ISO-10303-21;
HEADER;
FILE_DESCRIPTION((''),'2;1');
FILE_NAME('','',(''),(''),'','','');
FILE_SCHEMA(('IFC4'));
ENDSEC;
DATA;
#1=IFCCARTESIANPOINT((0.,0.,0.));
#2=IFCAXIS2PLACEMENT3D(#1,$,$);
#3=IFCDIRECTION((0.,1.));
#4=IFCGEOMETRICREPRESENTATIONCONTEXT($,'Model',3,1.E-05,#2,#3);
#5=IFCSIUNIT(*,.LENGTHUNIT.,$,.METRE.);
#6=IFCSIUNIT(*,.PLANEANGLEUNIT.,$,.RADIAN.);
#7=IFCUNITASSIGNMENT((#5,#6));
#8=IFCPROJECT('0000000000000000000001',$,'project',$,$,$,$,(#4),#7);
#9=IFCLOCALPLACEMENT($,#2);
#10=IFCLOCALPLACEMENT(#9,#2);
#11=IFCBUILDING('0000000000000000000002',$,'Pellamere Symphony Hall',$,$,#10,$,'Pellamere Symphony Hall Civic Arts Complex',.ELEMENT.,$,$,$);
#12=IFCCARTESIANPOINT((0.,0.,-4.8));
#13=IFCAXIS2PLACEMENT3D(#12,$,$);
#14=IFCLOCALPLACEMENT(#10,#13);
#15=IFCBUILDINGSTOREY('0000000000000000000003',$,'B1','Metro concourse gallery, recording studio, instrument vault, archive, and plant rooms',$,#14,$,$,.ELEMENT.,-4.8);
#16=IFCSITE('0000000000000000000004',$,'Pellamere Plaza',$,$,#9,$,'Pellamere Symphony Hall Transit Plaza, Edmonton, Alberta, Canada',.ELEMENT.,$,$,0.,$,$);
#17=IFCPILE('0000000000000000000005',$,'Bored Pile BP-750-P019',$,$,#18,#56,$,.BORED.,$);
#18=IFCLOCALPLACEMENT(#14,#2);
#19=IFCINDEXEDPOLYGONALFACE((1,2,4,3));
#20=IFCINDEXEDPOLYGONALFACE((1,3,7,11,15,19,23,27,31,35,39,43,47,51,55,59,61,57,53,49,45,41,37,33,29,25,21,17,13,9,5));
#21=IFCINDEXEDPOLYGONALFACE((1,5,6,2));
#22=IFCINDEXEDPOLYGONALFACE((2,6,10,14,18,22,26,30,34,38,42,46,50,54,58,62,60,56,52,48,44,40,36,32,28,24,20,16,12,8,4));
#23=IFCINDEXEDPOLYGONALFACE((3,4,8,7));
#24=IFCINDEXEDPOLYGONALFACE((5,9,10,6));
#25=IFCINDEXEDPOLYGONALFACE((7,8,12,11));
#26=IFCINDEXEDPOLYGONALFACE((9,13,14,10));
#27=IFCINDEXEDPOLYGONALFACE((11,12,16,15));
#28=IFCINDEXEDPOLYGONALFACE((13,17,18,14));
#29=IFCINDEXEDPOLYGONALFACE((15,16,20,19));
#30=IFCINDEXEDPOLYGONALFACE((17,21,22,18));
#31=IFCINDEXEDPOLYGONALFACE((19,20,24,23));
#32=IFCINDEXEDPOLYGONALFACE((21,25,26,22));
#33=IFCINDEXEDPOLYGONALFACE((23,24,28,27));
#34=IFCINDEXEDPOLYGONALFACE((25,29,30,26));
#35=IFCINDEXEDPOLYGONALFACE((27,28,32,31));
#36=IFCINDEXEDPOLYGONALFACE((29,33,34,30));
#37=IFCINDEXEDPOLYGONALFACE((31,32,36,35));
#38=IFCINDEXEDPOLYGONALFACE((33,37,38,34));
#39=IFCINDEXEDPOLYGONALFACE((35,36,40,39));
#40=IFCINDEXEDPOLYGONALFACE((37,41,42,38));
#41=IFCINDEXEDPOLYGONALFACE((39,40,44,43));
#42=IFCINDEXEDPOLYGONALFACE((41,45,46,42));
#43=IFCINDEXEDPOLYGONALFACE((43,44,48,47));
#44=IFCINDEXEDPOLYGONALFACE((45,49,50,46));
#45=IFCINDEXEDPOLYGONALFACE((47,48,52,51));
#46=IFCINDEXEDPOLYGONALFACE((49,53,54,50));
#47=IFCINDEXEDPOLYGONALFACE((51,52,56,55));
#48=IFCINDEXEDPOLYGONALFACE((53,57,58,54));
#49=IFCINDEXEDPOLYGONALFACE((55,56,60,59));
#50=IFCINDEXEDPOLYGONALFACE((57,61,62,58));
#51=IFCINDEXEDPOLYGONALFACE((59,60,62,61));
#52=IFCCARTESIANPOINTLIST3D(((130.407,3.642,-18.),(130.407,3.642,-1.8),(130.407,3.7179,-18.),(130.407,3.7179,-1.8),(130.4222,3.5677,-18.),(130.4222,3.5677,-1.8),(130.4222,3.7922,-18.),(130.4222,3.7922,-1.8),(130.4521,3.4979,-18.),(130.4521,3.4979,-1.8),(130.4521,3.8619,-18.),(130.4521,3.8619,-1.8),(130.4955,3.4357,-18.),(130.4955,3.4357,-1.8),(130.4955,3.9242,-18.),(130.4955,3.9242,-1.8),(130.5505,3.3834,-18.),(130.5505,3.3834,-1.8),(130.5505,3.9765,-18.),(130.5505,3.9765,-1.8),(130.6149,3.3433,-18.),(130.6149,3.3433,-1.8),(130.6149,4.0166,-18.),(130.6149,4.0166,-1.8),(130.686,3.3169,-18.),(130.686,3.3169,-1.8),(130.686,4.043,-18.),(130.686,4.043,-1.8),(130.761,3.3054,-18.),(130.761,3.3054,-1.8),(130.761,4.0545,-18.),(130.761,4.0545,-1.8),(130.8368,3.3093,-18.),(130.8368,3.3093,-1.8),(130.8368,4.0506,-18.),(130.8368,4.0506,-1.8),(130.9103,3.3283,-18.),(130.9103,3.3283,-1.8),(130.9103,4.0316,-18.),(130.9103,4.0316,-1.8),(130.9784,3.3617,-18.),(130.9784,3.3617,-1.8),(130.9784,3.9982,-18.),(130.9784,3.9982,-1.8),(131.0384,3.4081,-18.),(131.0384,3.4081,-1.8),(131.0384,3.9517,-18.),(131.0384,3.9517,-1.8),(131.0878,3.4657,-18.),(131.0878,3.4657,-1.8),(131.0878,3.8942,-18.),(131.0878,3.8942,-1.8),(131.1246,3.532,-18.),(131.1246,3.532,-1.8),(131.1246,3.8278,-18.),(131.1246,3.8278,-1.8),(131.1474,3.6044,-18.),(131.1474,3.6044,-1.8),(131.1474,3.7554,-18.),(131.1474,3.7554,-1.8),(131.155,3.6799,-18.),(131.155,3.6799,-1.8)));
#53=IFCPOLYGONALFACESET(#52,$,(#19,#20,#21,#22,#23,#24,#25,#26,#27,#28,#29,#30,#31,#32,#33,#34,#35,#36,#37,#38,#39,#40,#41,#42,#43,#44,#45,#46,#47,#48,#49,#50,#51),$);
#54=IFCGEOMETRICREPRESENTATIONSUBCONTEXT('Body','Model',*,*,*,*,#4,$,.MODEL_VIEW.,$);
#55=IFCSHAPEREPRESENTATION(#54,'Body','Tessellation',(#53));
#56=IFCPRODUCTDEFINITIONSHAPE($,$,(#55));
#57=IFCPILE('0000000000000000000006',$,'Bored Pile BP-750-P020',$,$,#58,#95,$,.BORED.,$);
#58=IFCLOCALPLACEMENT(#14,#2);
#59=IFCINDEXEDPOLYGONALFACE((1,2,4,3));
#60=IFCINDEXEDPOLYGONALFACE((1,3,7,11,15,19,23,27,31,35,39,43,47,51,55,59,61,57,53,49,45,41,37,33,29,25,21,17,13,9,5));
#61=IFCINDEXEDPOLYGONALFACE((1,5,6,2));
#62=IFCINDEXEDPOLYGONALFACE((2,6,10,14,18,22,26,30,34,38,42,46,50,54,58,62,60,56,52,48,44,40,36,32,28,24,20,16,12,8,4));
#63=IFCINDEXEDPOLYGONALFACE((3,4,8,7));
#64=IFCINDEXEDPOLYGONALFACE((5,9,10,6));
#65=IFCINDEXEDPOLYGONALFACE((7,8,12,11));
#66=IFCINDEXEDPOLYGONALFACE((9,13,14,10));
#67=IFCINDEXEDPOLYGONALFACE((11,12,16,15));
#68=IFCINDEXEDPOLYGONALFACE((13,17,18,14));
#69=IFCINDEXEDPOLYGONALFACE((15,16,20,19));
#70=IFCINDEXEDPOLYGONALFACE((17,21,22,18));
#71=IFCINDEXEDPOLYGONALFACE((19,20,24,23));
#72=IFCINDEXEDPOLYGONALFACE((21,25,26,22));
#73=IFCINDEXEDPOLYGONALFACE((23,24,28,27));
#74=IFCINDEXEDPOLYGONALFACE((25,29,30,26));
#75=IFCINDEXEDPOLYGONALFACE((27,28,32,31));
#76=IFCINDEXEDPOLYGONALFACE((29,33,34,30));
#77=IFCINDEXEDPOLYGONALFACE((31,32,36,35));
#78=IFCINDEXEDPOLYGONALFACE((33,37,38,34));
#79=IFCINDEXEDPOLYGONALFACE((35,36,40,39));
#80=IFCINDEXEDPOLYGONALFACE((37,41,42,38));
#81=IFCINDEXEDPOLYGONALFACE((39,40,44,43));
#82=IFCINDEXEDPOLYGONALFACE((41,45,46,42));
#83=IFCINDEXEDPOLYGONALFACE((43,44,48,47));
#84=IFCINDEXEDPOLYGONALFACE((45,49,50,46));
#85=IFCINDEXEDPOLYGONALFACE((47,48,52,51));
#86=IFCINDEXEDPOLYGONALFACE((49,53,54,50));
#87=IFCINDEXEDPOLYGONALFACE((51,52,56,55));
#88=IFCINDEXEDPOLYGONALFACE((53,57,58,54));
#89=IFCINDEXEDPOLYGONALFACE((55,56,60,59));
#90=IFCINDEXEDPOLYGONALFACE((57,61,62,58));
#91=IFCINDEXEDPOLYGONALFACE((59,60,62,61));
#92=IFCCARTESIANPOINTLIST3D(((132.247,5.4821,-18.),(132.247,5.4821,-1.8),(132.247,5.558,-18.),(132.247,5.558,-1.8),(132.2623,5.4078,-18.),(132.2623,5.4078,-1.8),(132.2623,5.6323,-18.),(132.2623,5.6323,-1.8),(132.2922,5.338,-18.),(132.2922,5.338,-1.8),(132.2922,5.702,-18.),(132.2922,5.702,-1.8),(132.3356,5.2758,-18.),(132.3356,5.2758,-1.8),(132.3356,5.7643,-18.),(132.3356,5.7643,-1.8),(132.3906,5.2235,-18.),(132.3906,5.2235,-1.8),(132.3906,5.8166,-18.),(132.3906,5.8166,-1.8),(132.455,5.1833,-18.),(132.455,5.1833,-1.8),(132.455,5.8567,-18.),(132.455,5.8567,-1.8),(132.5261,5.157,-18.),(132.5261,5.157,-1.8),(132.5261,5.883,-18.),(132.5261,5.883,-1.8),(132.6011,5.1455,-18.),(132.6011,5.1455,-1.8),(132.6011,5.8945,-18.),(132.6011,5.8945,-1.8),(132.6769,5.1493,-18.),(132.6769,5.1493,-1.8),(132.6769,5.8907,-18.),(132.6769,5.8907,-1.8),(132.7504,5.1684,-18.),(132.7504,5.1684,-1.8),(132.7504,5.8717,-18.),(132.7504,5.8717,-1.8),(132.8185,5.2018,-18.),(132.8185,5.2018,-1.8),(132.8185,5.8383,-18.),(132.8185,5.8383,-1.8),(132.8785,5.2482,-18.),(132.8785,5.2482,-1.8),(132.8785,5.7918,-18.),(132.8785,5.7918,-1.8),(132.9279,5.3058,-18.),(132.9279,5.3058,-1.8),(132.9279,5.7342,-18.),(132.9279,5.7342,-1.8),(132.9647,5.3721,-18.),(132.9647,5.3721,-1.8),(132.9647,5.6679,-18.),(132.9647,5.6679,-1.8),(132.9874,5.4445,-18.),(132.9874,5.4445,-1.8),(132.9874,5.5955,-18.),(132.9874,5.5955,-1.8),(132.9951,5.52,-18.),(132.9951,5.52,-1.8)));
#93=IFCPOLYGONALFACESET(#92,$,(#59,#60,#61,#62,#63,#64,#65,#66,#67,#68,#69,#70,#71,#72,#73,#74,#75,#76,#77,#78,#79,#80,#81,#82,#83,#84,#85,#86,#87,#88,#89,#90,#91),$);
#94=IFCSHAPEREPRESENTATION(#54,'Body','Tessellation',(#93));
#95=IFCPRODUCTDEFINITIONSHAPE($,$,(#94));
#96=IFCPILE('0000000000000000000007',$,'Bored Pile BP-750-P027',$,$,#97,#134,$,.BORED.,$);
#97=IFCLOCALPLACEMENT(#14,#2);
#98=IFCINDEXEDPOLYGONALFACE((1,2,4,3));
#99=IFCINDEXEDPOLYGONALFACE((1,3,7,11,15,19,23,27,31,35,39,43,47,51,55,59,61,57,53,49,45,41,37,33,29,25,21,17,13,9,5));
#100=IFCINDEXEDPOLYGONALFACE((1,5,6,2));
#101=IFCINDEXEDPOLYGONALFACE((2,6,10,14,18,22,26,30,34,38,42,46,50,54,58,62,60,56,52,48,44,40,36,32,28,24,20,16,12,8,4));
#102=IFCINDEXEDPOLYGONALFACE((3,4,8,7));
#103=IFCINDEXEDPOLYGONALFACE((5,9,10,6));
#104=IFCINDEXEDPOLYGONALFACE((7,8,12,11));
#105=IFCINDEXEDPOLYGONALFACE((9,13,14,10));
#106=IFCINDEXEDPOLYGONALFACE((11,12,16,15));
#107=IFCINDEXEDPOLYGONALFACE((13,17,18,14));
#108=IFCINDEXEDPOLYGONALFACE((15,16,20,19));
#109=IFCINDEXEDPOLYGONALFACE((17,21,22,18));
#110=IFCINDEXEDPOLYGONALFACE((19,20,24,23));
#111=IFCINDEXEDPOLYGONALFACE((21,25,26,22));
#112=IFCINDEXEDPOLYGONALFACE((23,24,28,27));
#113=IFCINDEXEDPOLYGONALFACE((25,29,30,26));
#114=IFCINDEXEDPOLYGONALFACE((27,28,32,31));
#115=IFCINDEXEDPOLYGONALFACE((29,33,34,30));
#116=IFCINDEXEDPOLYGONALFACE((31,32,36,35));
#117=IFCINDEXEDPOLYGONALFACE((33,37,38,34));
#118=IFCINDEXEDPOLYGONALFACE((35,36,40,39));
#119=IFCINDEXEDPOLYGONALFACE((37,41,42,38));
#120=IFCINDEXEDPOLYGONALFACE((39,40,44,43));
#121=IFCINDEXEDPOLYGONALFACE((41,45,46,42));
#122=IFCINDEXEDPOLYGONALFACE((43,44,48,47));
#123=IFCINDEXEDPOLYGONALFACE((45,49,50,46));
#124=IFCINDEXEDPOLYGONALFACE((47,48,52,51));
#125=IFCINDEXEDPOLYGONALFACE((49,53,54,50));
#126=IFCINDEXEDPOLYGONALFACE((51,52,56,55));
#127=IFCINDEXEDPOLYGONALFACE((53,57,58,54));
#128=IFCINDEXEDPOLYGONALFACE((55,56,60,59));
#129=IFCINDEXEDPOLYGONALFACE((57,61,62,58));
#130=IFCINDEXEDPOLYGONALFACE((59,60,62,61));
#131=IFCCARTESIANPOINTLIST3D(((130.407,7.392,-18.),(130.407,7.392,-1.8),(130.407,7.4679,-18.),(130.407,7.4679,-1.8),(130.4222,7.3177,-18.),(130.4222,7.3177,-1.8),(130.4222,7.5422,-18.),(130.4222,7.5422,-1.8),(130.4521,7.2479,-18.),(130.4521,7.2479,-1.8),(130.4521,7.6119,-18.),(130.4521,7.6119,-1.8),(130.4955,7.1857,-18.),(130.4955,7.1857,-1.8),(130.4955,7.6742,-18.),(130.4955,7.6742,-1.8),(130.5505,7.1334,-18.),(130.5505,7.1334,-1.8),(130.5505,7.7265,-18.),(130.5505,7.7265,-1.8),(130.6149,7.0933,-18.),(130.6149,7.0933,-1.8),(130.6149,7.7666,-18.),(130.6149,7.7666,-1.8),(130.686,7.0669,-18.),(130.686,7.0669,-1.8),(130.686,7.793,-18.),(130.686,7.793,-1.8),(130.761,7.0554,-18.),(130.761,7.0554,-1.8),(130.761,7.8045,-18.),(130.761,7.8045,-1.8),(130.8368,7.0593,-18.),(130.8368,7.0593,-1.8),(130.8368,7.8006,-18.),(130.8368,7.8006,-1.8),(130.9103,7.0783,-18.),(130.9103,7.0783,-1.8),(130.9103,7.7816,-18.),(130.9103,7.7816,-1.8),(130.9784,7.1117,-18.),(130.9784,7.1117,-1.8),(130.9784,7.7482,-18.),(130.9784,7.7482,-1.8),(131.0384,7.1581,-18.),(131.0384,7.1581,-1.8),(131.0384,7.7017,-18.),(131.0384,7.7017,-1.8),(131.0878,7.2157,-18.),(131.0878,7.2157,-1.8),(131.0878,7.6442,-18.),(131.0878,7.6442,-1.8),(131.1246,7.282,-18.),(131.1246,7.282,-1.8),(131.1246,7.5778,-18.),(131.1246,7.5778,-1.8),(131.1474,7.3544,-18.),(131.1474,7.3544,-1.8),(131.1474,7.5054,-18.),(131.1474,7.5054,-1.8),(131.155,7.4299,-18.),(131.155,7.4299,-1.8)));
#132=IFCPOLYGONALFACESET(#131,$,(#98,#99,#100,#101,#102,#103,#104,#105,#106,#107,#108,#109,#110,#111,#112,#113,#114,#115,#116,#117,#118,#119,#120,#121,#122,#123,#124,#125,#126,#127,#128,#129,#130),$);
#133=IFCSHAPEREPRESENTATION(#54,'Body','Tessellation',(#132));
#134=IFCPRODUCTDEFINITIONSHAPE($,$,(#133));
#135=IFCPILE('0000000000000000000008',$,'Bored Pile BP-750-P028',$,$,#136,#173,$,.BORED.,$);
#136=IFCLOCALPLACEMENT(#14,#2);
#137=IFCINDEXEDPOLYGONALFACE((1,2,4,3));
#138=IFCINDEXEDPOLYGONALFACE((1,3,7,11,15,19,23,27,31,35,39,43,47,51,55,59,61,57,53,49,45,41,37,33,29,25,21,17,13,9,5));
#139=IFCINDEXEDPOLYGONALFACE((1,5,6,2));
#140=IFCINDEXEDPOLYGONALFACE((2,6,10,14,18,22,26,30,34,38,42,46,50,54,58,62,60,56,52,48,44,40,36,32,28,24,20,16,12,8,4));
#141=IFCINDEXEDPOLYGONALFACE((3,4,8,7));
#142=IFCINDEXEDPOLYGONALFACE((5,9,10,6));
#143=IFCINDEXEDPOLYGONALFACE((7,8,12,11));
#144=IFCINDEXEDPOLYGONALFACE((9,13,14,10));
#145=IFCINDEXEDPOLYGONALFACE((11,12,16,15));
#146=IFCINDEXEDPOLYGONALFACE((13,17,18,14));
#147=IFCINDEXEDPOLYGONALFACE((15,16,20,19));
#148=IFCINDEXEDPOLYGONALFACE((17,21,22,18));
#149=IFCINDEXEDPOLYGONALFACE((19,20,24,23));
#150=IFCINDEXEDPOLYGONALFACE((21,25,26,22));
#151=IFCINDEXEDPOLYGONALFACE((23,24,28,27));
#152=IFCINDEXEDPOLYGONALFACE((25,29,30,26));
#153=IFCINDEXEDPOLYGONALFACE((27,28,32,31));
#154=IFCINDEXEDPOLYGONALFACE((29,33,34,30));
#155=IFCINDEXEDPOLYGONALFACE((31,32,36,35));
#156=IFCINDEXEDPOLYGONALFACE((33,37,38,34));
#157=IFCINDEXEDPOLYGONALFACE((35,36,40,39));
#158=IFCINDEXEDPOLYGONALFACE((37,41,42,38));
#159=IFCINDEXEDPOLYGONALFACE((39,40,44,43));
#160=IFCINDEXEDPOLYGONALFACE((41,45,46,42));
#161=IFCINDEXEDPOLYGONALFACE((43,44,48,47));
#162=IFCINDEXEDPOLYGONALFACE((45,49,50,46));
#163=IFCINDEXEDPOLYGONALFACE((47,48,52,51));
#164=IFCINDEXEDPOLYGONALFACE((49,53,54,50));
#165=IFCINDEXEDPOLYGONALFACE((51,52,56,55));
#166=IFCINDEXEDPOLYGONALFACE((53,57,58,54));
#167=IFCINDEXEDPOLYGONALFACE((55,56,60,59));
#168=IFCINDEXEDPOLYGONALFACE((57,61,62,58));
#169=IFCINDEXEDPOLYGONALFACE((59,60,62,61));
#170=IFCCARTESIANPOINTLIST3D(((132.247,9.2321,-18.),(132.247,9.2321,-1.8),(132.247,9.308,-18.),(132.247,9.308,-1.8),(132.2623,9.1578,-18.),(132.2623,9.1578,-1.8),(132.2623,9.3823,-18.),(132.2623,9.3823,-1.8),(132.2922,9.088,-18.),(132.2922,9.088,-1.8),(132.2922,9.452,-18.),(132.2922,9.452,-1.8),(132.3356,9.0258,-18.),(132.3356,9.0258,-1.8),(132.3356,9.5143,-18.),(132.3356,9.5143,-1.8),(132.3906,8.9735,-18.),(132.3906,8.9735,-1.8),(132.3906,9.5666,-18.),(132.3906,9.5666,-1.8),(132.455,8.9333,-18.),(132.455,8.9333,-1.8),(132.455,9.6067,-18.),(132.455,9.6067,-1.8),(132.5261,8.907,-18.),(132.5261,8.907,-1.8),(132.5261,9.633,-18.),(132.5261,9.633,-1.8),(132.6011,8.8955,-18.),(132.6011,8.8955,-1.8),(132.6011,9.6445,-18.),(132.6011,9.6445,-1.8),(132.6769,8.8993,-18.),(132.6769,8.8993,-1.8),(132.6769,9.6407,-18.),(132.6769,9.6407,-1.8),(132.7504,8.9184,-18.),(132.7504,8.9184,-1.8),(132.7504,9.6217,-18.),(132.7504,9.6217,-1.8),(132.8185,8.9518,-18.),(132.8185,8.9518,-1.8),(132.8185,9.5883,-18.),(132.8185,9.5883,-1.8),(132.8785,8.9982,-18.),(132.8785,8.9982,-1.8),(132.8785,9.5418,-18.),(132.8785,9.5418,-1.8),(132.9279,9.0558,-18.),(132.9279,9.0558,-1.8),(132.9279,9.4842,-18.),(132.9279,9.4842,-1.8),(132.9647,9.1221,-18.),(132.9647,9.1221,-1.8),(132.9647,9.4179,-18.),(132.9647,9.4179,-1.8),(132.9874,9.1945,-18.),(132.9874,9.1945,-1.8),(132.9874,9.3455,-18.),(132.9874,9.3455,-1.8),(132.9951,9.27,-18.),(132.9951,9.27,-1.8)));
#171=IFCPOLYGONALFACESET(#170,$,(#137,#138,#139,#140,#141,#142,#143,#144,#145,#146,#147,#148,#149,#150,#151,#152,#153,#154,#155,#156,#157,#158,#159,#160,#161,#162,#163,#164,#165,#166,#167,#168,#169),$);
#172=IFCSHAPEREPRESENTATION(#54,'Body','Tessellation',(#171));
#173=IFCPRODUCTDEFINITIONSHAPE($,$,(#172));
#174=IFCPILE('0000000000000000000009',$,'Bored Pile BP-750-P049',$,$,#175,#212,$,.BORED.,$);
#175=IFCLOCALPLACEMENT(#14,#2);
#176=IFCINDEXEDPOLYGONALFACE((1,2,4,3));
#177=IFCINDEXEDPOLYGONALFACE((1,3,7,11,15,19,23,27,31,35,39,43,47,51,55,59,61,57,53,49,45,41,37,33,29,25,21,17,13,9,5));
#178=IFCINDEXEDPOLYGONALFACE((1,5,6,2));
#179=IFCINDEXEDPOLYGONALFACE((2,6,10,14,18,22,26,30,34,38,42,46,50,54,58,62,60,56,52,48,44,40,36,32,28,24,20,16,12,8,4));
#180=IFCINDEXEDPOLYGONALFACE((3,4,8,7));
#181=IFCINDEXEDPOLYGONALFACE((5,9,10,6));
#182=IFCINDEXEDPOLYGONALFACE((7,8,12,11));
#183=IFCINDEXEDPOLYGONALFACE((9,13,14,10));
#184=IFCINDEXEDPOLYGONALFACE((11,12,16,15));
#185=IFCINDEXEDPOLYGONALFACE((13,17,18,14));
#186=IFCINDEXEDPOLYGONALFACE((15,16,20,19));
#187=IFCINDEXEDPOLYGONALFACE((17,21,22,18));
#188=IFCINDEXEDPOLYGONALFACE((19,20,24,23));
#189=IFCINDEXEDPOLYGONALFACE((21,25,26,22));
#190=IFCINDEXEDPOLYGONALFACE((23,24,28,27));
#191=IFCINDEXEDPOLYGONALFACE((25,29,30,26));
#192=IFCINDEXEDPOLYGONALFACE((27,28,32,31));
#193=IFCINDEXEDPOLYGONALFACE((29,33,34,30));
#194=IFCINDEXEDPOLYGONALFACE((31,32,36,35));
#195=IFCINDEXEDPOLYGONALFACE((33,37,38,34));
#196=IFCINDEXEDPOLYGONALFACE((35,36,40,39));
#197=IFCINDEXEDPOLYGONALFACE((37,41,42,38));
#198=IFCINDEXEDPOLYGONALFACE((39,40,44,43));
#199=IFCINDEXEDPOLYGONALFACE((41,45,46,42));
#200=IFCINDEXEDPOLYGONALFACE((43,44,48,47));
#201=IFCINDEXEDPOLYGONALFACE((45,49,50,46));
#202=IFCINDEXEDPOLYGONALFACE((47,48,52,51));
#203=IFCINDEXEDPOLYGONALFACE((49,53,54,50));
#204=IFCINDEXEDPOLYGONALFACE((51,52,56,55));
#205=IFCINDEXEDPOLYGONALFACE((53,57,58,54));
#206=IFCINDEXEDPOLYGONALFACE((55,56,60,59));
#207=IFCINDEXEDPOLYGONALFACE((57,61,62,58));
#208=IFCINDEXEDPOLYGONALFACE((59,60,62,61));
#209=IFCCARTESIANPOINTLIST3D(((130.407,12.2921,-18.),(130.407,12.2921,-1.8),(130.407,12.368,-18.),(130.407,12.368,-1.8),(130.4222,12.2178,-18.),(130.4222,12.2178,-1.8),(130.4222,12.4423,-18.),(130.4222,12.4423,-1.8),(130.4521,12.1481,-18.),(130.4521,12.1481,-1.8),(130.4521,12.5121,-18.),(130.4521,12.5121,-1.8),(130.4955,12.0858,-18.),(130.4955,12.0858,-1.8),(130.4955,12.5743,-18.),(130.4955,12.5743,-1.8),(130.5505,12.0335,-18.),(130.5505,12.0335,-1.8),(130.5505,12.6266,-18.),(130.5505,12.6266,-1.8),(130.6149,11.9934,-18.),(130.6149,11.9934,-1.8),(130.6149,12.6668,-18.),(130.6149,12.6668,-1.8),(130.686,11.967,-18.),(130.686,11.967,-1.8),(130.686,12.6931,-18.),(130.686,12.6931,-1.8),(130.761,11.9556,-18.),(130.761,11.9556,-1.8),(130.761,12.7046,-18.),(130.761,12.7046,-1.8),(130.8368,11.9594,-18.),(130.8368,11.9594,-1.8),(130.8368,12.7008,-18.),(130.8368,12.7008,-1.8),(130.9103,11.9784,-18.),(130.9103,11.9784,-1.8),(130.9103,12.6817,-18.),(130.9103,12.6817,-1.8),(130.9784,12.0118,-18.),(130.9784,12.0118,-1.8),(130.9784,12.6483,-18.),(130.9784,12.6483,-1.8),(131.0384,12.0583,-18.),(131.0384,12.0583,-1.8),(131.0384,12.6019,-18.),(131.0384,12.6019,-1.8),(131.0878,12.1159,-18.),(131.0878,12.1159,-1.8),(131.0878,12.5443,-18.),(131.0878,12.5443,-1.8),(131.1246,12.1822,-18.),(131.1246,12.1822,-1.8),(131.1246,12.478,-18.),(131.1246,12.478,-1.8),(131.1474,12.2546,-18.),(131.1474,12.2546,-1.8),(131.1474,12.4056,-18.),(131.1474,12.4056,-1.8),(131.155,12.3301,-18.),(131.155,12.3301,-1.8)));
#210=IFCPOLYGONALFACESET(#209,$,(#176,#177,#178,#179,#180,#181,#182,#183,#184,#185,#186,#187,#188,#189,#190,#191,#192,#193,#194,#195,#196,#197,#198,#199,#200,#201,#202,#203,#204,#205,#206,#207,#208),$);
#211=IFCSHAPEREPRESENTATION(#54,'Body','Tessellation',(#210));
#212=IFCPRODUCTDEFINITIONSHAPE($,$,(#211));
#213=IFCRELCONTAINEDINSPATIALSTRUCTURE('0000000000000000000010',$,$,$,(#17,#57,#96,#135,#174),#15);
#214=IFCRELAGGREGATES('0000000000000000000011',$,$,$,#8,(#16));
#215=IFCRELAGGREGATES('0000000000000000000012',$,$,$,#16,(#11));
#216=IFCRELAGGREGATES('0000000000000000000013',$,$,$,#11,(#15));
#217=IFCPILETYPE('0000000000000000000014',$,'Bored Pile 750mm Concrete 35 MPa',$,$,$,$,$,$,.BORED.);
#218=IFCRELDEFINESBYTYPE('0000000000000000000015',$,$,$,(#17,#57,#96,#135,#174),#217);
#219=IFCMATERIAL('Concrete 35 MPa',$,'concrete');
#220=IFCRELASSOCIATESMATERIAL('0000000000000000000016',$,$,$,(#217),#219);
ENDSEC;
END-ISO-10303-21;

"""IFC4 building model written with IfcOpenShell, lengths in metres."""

from ifc_helpers import new_model, si_unit, direction, frame, origin, origin_2d, place, context, subcontext, project, spatial, circle, extrude, material, material_profile, profile_set, type_object, element, save


model = new_model("IFC4")

# Units and contexts
model_context = context("Model", 3, precision=1e-05, world=origin(), true_north=direction((0.0, 1.0)))
body_context = subcontext(model_context, "Body", "Model", "MODEL_VIEW")
ifc_project = project(units=[si_unit("LENGTHUNIT", "METRE"), si_unit("PLANEANGLEUNIT", "RADIAN")], contexts=[model_context])

# Site, building, storey
site_placement = place(None, origin())
site = spatial("IfcSite", under=ifc_project, at=site_placement, Name="Pellamere Plaza", LongName="Pellamere Symphony Hall Transit Plaza, Edmonton, Alberta, Canada", CompositionType="ELEMENT", RefElevation=0.0)
building_placement = place(site_placement, origin())
building = spatial("IfcBuilding", under=site, at=building_placement, Name="Pellamere Symphony Hall", LongName="Pellamere Symphony Hall Civic Arts Complex", CompositionType="ELEMENT")
storey_placement = place(building_placement, frame((0.0, 0.0, -4.8)))
storey = spatial("IfcBuildingStorey", under=building, at=storey_placement, Name="B1", Description="Metro concourse gallery, recording studio, instrument vault, archive, and plant rooms", CompositionType="ELEMENT", Elevation=-4.8)

# Piles
ifc_material_1 = material(Name="Concrete 35 MPa", Category="concrete")
ifc_material_profile_1 = material_profile(ifc_material_1, circle(Radius=0.375, at=origin_2d()), Name="PILE D750")
ifc_profile_set_1 = profile_set([ifc_material_profile_1], Name="Concrete 35 MPa")
pile_type = type_object("IfcPileType", Name="Bored Pile 750mm Concrete 35 MPa", PredefinedType="BORED", material=ifc_profile_set_1)
for number, where, z_axis, x_axis, name in (
    (1, (130.78, 3.6799, -1.8), (0.0, 0.0, -1.0), (1.0, 0.0, 0.0), "Bored Pile BP-750-P019"),
    (2, (132.6201, 5.52, -1.8), (0.0, 0.0, -1.0), (1.0, 0.0, 0.0), "Bored Pile BP-750-P020"),
    (3, (130.78, 7.4299, -1.8), (0.0, 0.0, -1.0), (1.0, 0.0, 0.0), "Bored Pile BP-750-P027"),
    (4, (132.6201, 9.27, -1.8), (0.0, 0.0, -1.0), (1.0, 0.0, 0.0), "Bored Pile BP-750-P028"),
    (5, (130.78, 12.3301, -1.8), (0.0, 0.0, -1.0), (1.0, 0.0, 0.0), "Bored Pile BP-750-P049"),
):
    element("IfcPile", number, at=place(storey_placement, frame(where, z_axis=z_axis, x_axis=x_axis)), inside=storey, type_object=pile_type, Name=name, PredefinedType="BORED", context=body_context, shape_type="SweptSolid", body=[
        extrude(circle(Radius=0.375, at=origin_2d()), origin(), (0.0, 0.0, 1.0), 16.2),
    ])

save(model, "model.ifc")
